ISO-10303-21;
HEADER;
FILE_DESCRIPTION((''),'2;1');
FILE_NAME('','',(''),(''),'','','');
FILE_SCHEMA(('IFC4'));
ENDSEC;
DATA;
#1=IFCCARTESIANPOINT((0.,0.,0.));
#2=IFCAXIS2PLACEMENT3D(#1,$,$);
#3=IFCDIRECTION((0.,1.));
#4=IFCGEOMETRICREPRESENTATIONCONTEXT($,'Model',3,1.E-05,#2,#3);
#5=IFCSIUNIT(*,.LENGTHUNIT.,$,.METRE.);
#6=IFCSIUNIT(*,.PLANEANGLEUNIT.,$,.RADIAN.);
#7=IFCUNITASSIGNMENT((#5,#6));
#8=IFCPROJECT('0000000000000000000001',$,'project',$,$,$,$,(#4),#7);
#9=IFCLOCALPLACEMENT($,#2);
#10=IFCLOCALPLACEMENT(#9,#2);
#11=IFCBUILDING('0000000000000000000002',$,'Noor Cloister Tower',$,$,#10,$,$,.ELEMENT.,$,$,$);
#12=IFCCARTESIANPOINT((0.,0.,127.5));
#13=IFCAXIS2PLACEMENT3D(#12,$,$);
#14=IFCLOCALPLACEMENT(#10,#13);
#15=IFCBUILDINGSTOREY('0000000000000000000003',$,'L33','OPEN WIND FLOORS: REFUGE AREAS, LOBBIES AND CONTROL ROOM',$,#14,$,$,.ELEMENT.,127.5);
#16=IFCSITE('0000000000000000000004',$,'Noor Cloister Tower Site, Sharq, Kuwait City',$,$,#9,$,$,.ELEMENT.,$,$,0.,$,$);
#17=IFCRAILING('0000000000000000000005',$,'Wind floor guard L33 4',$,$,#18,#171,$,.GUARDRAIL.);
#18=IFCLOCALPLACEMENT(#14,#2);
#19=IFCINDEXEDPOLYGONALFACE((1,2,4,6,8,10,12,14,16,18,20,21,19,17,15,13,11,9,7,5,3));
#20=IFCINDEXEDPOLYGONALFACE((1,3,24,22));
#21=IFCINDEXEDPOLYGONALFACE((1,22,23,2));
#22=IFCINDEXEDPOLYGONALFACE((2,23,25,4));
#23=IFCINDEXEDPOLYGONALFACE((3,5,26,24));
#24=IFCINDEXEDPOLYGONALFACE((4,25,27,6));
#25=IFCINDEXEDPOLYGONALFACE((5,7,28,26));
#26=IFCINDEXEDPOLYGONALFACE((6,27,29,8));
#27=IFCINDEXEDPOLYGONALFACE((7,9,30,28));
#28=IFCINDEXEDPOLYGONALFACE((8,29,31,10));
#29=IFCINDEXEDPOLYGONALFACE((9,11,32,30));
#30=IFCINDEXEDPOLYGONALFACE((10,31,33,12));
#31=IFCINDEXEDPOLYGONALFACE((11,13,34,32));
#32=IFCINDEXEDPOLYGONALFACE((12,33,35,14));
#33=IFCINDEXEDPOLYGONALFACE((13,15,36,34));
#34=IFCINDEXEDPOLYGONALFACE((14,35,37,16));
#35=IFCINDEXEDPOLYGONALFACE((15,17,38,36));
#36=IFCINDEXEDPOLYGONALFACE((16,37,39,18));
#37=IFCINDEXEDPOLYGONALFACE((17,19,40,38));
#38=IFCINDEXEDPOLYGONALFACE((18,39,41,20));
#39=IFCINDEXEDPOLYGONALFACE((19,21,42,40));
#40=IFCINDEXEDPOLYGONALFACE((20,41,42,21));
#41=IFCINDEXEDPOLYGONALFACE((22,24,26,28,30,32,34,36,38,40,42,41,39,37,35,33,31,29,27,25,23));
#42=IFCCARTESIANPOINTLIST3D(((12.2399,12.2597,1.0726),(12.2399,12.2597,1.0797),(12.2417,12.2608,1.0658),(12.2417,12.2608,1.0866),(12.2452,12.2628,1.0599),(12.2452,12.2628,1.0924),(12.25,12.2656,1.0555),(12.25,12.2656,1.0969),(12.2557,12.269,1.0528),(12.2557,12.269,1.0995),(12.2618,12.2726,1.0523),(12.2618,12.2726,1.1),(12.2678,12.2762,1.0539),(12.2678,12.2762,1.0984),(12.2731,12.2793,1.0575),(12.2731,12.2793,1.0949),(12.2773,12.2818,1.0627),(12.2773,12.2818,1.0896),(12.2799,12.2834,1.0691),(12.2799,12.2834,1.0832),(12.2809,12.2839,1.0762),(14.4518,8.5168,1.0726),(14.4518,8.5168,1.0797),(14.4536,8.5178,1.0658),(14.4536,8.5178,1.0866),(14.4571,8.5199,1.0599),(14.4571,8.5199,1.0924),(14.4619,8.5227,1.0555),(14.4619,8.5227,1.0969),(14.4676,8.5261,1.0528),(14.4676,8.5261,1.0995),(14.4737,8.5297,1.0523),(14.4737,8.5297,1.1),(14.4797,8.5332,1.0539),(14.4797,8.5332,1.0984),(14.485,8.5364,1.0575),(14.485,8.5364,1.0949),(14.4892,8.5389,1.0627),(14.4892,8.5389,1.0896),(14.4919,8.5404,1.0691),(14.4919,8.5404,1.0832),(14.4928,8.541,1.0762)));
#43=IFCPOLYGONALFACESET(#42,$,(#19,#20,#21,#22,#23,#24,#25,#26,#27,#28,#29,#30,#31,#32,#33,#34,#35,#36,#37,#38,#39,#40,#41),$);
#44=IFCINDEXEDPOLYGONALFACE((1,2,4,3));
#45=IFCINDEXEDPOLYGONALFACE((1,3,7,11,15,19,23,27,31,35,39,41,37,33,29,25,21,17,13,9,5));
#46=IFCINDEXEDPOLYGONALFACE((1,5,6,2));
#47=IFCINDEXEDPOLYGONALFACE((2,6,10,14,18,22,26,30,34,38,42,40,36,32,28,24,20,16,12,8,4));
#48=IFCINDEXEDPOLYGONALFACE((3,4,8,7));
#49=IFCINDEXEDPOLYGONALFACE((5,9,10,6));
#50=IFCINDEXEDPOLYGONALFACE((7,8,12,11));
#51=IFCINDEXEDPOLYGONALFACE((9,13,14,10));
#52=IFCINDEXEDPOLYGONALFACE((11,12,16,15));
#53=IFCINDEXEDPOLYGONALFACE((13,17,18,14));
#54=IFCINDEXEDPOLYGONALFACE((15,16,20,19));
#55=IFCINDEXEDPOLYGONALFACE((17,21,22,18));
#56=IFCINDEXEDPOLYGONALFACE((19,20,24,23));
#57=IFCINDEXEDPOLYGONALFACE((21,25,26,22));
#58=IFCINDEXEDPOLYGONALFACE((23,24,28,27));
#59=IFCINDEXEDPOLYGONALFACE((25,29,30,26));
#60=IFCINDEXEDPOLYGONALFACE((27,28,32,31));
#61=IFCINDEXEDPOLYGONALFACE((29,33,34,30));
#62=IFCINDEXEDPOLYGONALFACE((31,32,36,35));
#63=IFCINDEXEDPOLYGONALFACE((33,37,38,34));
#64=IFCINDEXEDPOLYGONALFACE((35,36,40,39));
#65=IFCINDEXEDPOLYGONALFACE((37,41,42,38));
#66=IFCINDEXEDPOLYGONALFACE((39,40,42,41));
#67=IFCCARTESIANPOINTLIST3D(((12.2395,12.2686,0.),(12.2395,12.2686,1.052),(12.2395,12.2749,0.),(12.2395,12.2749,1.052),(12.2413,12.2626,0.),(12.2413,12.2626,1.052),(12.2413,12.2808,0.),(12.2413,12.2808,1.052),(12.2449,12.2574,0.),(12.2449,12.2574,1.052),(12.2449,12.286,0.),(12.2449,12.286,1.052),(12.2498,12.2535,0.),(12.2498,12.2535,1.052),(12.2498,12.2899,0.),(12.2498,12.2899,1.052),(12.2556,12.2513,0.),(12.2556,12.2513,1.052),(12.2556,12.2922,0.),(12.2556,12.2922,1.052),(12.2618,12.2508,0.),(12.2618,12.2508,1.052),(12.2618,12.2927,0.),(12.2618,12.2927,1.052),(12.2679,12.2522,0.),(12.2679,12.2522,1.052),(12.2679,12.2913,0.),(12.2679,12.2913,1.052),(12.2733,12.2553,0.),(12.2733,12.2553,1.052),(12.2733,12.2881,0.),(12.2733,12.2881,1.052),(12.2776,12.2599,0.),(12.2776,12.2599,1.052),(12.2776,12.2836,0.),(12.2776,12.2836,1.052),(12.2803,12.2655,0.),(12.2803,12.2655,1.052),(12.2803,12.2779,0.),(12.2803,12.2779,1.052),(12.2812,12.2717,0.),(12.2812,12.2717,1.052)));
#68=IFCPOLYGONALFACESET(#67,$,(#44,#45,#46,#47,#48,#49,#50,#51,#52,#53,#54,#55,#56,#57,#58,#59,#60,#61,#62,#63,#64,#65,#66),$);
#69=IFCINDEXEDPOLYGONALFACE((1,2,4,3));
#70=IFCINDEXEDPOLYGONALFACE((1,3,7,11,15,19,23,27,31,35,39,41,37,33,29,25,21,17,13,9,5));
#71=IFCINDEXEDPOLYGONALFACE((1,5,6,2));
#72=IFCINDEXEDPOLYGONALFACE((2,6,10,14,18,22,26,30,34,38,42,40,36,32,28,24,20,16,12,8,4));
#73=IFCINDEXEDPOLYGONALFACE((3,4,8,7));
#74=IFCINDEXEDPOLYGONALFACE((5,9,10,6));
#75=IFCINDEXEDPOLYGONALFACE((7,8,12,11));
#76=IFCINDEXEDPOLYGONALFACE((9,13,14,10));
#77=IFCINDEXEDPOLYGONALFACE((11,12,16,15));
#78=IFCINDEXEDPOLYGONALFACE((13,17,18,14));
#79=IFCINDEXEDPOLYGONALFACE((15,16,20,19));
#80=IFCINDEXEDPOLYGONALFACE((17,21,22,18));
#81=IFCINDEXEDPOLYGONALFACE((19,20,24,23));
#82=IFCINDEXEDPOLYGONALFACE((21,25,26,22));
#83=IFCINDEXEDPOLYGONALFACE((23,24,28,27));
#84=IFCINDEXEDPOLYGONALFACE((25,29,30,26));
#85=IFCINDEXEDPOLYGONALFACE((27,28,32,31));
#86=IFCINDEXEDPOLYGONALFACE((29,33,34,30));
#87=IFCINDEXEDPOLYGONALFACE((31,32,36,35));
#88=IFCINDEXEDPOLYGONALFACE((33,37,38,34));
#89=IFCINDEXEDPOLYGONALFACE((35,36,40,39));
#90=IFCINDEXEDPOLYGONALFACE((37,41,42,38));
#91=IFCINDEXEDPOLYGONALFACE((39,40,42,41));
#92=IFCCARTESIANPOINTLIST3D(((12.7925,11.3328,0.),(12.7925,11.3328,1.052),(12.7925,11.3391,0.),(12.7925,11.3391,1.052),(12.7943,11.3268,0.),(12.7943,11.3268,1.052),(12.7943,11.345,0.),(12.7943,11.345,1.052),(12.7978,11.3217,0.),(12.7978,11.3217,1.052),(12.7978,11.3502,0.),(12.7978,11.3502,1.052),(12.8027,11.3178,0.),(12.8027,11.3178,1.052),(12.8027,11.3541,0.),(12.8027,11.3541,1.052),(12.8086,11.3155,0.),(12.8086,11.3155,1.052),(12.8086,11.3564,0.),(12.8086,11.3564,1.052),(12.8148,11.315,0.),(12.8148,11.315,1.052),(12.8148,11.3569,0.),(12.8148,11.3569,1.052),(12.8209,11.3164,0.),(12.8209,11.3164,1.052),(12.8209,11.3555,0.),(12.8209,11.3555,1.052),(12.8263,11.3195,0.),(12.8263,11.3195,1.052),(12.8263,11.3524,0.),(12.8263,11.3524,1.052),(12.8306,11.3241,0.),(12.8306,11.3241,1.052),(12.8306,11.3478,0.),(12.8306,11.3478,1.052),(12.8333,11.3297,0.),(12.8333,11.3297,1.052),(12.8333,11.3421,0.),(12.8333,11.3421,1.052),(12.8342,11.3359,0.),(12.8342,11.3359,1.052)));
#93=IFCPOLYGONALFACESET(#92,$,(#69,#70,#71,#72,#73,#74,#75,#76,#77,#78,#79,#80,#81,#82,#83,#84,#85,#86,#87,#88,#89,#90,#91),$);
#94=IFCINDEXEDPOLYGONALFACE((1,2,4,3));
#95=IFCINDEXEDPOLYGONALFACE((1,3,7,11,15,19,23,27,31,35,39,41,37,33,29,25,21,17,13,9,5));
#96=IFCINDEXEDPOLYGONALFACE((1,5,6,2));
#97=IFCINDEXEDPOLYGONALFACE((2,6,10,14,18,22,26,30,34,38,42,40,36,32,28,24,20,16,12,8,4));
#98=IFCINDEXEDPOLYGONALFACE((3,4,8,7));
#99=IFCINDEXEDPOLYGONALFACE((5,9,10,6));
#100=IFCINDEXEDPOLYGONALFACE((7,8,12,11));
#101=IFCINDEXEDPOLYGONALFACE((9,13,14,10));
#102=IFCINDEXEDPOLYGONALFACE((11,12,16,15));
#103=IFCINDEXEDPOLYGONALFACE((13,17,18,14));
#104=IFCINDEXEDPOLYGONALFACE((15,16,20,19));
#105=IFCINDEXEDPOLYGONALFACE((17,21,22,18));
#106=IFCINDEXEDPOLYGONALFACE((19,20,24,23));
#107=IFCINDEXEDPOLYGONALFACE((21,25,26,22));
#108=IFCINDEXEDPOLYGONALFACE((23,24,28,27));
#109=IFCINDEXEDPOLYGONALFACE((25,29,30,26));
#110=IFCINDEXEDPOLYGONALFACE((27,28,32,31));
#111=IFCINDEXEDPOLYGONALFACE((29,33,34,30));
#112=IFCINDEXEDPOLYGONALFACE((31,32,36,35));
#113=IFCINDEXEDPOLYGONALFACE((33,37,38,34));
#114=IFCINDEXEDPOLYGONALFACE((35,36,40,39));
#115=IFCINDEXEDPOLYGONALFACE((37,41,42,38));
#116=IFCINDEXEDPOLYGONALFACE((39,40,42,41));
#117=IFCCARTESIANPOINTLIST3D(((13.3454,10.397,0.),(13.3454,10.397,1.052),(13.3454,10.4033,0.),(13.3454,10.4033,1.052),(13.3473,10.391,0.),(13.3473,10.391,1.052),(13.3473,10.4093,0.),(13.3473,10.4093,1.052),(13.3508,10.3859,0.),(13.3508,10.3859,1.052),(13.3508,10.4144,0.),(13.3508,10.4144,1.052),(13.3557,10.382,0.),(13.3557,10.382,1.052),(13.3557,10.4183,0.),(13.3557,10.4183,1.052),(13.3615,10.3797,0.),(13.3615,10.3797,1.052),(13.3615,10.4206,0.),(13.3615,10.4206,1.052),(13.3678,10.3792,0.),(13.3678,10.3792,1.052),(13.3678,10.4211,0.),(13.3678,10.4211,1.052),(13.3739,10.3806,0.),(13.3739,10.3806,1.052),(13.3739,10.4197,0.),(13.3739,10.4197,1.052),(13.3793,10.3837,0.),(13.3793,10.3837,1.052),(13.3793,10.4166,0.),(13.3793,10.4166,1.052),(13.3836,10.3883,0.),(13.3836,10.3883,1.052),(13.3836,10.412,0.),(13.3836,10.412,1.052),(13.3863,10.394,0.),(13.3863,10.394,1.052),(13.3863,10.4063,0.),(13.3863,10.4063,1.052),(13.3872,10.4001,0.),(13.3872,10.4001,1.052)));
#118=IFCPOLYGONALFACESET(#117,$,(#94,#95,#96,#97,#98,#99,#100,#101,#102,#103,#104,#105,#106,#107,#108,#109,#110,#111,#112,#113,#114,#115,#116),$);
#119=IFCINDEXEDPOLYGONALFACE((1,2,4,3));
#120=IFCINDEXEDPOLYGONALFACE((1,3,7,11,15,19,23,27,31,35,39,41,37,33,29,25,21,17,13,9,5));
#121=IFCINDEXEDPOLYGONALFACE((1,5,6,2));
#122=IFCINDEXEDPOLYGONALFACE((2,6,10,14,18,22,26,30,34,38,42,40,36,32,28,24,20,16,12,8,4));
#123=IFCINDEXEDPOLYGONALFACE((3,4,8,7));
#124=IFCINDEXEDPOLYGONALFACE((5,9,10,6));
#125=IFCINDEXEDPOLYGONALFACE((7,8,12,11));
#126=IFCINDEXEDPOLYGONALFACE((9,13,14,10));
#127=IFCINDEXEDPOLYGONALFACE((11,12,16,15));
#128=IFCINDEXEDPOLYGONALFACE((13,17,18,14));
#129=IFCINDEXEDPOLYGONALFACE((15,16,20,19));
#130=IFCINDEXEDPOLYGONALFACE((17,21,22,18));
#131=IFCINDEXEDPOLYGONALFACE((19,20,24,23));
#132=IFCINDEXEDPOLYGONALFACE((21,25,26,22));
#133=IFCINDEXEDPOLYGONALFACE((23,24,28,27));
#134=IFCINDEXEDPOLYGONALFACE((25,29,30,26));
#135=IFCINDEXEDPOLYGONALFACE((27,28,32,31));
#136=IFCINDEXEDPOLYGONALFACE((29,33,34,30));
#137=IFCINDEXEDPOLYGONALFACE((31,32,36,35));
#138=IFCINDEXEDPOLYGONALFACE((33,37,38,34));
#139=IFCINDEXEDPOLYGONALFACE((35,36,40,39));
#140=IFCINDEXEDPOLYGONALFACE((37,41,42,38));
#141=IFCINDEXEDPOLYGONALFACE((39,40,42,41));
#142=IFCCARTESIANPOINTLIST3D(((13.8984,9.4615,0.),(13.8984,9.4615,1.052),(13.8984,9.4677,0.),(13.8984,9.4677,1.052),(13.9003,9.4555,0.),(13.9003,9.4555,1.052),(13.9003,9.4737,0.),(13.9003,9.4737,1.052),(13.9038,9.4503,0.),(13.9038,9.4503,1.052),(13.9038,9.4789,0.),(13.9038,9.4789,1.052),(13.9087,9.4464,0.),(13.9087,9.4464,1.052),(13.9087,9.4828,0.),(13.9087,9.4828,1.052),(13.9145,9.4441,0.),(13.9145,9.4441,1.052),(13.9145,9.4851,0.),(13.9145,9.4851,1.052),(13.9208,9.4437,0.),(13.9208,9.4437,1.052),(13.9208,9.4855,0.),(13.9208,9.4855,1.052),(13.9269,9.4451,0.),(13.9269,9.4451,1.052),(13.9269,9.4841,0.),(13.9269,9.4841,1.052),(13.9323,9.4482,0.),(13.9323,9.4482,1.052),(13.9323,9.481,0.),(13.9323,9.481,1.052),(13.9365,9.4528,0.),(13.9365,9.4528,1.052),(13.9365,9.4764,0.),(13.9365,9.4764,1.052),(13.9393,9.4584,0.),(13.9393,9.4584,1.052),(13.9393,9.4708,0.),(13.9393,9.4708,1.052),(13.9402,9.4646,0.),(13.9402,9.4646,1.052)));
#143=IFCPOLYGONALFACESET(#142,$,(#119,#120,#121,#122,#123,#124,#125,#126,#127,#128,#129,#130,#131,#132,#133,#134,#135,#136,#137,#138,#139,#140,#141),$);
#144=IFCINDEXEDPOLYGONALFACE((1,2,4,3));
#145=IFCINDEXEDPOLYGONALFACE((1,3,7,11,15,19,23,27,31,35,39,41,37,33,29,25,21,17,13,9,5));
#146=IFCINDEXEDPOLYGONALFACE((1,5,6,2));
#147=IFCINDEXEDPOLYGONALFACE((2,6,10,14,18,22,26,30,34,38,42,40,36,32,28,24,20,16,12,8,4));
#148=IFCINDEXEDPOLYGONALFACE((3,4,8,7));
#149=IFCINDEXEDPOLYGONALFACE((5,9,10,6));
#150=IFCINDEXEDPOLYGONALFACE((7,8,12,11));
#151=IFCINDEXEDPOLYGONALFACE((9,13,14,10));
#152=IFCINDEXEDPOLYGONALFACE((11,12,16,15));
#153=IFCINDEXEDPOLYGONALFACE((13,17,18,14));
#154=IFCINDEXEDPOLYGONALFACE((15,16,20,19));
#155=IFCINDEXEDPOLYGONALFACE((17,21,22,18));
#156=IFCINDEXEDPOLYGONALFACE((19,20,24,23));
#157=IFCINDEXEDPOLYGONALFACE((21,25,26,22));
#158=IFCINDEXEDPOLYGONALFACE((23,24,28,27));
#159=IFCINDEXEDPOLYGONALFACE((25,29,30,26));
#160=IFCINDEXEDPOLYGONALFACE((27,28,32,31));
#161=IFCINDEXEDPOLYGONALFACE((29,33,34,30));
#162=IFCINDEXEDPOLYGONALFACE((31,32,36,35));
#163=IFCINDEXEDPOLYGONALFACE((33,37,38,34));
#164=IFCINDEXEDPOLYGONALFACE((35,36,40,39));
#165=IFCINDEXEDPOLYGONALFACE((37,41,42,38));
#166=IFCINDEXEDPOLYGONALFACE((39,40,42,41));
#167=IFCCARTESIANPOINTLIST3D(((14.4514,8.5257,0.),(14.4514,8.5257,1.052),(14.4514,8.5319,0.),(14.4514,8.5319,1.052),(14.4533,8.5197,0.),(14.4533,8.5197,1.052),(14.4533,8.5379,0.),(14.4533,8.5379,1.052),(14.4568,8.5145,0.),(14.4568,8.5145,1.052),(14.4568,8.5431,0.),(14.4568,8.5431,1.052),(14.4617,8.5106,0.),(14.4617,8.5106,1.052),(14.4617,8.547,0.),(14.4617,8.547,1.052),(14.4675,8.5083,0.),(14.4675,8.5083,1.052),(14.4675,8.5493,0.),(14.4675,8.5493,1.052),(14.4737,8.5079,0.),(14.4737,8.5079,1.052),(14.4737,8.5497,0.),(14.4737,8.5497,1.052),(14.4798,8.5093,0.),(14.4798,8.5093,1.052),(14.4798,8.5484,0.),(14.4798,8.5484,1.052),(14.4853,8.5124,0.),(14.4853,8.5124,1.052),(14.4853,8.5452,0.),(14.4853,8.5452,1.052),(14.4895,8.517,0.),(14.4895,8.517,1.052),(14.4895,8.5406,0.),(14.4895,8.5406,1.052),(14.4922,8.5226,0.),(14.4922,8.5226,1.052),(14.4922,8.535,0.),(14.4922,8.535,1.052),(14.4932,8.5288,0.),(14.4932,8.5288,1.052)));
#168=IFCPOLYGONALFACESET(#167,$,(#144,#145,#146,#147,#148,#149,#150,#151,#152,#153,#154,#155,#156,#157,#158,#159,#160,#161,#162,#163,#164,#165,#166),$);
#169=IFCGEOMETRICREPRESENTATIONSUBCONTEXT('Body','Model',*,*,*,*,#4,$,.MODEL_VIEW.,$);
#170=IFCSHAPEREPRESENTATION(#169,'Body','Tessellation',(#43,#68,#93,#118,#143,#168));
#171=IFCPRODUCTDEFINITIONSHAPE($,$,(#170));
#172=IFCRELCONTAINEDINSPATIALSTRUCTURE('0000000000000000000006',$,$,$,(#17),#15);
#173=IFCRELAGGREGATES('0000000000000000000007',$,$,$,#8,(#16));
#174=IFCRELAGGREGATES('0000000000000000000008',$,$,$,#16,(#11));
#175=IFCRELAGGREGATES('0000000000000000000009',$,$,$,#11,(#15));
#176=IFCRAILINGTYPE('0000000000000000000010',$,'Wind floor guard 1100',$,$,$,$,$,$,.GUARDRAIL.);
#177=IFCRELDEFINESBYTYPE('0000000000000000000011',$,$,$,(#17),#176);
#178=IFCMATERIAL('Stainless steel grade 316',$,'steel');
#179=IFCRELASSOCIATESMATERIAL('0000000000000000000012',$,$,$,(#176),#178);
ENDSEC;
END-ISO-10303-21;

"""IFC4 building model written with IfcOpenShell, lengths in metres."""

from ifc_helpers import new_model, si_unit, direction, frame, origin, origin_2d, place, context, subcontext, project, spatial, circle, extrude, material, type_object, element, save


model = new_model("IFC4")

# Units and contexts
model_context = context("Model", 3, precision=1e-05, world=origin(), true_north=direction((0.0, 1.0)))
body_context = subcontext(model_context, "Body", "Model", "MODEL_VIEW")
ifc_project = project(units=[si_unit("LENGTHUNIT", "METRE"), si_unit("PLANEANGLEUNIT", "RADIAN")], contexts=[model_context])

# Site, building, storey
site_placement = place(None, origin())
site = spatial("IfcSite", under=ifc_project, at=site_placement, Name="Noor Cloister Tower Site, Sharq, Kuwait City", CompositionType="ELEMENT", RefElevation=0.0)
building_placement = place(site_placement, origin())
building = spatial("IfcBuilding", under=site, at=building_placement, Name="Noor Cloister Tower", CompositionType="ELEMENT")
storey_placement = place(building_placement, frame((0.0, 0.0, 127.5)))
storey = spatial("IfcBuildingStorey", under=building, at=storey_placement, Name="L33", Description="OPEN WIND FLOORS: REFUGE AREAS, LOBBIES AND CONTROL ROOM", CompositionType="ELEMENT", Elevation=127.5)

# Railing
ifc_material_1 = material(Name="Stainless steel grade 316", Category="steel")
railing_type_1 = type_object("IfcRailingType", Name="Wind floor guard 1100", PredefinedType="GUARDRAIL", material=ifc_material_1)
railing_1_placement = place(storey_placement, frame((12.2603, 12.2717, 0.0)))
element("IfcRailing", 1, at=railing_1_placement, inside=storey, type_object=railing_type_1, Name="Wind floor guard L33 4", PredefinedType="GUARDRAIL", context=body_context, shape_type="SweptSolid", body=[
    extrude(circle(Radius=0.0239, at=origin_2d()), frame((0.0, 0.0, 1.0762), z_axis=(0.508761, -0.860908, 0.0), x_axis=(0.860908, 0.508761, 0.0)), (0.0, 0.0, 1.0), 4.3477),
    extrude(circle(Radius=0.021, at=origin_2d()), origin(), (0.0, 0.0, 1.0), 1.052),
    extrude(circle(Radius=0.021, at=origin_2d()), frame((0.553, -0.9358, 0.0)), (0.0, 0.0, 1.0), 1.052),
    extrude(circle(Radius=0.021, at=origin_2d()), frame((1.106, -1.8716, 0.0)), (0.0, 0.0, 1.0), 1.052),
    extrude(circle(Radius=0.021, at=origin_2d()), frame((1.6589, -2.8071, 0.0)), (0.0, 0.0, 1.0), 1.052),
    extrude(circle(Radius=0.021, at=origin_2d()), frame((2.2119, -3.7429, 0.0)), (0.0, 0.0, 1.0), 1.052),
])

save(model, "model.ifc")
